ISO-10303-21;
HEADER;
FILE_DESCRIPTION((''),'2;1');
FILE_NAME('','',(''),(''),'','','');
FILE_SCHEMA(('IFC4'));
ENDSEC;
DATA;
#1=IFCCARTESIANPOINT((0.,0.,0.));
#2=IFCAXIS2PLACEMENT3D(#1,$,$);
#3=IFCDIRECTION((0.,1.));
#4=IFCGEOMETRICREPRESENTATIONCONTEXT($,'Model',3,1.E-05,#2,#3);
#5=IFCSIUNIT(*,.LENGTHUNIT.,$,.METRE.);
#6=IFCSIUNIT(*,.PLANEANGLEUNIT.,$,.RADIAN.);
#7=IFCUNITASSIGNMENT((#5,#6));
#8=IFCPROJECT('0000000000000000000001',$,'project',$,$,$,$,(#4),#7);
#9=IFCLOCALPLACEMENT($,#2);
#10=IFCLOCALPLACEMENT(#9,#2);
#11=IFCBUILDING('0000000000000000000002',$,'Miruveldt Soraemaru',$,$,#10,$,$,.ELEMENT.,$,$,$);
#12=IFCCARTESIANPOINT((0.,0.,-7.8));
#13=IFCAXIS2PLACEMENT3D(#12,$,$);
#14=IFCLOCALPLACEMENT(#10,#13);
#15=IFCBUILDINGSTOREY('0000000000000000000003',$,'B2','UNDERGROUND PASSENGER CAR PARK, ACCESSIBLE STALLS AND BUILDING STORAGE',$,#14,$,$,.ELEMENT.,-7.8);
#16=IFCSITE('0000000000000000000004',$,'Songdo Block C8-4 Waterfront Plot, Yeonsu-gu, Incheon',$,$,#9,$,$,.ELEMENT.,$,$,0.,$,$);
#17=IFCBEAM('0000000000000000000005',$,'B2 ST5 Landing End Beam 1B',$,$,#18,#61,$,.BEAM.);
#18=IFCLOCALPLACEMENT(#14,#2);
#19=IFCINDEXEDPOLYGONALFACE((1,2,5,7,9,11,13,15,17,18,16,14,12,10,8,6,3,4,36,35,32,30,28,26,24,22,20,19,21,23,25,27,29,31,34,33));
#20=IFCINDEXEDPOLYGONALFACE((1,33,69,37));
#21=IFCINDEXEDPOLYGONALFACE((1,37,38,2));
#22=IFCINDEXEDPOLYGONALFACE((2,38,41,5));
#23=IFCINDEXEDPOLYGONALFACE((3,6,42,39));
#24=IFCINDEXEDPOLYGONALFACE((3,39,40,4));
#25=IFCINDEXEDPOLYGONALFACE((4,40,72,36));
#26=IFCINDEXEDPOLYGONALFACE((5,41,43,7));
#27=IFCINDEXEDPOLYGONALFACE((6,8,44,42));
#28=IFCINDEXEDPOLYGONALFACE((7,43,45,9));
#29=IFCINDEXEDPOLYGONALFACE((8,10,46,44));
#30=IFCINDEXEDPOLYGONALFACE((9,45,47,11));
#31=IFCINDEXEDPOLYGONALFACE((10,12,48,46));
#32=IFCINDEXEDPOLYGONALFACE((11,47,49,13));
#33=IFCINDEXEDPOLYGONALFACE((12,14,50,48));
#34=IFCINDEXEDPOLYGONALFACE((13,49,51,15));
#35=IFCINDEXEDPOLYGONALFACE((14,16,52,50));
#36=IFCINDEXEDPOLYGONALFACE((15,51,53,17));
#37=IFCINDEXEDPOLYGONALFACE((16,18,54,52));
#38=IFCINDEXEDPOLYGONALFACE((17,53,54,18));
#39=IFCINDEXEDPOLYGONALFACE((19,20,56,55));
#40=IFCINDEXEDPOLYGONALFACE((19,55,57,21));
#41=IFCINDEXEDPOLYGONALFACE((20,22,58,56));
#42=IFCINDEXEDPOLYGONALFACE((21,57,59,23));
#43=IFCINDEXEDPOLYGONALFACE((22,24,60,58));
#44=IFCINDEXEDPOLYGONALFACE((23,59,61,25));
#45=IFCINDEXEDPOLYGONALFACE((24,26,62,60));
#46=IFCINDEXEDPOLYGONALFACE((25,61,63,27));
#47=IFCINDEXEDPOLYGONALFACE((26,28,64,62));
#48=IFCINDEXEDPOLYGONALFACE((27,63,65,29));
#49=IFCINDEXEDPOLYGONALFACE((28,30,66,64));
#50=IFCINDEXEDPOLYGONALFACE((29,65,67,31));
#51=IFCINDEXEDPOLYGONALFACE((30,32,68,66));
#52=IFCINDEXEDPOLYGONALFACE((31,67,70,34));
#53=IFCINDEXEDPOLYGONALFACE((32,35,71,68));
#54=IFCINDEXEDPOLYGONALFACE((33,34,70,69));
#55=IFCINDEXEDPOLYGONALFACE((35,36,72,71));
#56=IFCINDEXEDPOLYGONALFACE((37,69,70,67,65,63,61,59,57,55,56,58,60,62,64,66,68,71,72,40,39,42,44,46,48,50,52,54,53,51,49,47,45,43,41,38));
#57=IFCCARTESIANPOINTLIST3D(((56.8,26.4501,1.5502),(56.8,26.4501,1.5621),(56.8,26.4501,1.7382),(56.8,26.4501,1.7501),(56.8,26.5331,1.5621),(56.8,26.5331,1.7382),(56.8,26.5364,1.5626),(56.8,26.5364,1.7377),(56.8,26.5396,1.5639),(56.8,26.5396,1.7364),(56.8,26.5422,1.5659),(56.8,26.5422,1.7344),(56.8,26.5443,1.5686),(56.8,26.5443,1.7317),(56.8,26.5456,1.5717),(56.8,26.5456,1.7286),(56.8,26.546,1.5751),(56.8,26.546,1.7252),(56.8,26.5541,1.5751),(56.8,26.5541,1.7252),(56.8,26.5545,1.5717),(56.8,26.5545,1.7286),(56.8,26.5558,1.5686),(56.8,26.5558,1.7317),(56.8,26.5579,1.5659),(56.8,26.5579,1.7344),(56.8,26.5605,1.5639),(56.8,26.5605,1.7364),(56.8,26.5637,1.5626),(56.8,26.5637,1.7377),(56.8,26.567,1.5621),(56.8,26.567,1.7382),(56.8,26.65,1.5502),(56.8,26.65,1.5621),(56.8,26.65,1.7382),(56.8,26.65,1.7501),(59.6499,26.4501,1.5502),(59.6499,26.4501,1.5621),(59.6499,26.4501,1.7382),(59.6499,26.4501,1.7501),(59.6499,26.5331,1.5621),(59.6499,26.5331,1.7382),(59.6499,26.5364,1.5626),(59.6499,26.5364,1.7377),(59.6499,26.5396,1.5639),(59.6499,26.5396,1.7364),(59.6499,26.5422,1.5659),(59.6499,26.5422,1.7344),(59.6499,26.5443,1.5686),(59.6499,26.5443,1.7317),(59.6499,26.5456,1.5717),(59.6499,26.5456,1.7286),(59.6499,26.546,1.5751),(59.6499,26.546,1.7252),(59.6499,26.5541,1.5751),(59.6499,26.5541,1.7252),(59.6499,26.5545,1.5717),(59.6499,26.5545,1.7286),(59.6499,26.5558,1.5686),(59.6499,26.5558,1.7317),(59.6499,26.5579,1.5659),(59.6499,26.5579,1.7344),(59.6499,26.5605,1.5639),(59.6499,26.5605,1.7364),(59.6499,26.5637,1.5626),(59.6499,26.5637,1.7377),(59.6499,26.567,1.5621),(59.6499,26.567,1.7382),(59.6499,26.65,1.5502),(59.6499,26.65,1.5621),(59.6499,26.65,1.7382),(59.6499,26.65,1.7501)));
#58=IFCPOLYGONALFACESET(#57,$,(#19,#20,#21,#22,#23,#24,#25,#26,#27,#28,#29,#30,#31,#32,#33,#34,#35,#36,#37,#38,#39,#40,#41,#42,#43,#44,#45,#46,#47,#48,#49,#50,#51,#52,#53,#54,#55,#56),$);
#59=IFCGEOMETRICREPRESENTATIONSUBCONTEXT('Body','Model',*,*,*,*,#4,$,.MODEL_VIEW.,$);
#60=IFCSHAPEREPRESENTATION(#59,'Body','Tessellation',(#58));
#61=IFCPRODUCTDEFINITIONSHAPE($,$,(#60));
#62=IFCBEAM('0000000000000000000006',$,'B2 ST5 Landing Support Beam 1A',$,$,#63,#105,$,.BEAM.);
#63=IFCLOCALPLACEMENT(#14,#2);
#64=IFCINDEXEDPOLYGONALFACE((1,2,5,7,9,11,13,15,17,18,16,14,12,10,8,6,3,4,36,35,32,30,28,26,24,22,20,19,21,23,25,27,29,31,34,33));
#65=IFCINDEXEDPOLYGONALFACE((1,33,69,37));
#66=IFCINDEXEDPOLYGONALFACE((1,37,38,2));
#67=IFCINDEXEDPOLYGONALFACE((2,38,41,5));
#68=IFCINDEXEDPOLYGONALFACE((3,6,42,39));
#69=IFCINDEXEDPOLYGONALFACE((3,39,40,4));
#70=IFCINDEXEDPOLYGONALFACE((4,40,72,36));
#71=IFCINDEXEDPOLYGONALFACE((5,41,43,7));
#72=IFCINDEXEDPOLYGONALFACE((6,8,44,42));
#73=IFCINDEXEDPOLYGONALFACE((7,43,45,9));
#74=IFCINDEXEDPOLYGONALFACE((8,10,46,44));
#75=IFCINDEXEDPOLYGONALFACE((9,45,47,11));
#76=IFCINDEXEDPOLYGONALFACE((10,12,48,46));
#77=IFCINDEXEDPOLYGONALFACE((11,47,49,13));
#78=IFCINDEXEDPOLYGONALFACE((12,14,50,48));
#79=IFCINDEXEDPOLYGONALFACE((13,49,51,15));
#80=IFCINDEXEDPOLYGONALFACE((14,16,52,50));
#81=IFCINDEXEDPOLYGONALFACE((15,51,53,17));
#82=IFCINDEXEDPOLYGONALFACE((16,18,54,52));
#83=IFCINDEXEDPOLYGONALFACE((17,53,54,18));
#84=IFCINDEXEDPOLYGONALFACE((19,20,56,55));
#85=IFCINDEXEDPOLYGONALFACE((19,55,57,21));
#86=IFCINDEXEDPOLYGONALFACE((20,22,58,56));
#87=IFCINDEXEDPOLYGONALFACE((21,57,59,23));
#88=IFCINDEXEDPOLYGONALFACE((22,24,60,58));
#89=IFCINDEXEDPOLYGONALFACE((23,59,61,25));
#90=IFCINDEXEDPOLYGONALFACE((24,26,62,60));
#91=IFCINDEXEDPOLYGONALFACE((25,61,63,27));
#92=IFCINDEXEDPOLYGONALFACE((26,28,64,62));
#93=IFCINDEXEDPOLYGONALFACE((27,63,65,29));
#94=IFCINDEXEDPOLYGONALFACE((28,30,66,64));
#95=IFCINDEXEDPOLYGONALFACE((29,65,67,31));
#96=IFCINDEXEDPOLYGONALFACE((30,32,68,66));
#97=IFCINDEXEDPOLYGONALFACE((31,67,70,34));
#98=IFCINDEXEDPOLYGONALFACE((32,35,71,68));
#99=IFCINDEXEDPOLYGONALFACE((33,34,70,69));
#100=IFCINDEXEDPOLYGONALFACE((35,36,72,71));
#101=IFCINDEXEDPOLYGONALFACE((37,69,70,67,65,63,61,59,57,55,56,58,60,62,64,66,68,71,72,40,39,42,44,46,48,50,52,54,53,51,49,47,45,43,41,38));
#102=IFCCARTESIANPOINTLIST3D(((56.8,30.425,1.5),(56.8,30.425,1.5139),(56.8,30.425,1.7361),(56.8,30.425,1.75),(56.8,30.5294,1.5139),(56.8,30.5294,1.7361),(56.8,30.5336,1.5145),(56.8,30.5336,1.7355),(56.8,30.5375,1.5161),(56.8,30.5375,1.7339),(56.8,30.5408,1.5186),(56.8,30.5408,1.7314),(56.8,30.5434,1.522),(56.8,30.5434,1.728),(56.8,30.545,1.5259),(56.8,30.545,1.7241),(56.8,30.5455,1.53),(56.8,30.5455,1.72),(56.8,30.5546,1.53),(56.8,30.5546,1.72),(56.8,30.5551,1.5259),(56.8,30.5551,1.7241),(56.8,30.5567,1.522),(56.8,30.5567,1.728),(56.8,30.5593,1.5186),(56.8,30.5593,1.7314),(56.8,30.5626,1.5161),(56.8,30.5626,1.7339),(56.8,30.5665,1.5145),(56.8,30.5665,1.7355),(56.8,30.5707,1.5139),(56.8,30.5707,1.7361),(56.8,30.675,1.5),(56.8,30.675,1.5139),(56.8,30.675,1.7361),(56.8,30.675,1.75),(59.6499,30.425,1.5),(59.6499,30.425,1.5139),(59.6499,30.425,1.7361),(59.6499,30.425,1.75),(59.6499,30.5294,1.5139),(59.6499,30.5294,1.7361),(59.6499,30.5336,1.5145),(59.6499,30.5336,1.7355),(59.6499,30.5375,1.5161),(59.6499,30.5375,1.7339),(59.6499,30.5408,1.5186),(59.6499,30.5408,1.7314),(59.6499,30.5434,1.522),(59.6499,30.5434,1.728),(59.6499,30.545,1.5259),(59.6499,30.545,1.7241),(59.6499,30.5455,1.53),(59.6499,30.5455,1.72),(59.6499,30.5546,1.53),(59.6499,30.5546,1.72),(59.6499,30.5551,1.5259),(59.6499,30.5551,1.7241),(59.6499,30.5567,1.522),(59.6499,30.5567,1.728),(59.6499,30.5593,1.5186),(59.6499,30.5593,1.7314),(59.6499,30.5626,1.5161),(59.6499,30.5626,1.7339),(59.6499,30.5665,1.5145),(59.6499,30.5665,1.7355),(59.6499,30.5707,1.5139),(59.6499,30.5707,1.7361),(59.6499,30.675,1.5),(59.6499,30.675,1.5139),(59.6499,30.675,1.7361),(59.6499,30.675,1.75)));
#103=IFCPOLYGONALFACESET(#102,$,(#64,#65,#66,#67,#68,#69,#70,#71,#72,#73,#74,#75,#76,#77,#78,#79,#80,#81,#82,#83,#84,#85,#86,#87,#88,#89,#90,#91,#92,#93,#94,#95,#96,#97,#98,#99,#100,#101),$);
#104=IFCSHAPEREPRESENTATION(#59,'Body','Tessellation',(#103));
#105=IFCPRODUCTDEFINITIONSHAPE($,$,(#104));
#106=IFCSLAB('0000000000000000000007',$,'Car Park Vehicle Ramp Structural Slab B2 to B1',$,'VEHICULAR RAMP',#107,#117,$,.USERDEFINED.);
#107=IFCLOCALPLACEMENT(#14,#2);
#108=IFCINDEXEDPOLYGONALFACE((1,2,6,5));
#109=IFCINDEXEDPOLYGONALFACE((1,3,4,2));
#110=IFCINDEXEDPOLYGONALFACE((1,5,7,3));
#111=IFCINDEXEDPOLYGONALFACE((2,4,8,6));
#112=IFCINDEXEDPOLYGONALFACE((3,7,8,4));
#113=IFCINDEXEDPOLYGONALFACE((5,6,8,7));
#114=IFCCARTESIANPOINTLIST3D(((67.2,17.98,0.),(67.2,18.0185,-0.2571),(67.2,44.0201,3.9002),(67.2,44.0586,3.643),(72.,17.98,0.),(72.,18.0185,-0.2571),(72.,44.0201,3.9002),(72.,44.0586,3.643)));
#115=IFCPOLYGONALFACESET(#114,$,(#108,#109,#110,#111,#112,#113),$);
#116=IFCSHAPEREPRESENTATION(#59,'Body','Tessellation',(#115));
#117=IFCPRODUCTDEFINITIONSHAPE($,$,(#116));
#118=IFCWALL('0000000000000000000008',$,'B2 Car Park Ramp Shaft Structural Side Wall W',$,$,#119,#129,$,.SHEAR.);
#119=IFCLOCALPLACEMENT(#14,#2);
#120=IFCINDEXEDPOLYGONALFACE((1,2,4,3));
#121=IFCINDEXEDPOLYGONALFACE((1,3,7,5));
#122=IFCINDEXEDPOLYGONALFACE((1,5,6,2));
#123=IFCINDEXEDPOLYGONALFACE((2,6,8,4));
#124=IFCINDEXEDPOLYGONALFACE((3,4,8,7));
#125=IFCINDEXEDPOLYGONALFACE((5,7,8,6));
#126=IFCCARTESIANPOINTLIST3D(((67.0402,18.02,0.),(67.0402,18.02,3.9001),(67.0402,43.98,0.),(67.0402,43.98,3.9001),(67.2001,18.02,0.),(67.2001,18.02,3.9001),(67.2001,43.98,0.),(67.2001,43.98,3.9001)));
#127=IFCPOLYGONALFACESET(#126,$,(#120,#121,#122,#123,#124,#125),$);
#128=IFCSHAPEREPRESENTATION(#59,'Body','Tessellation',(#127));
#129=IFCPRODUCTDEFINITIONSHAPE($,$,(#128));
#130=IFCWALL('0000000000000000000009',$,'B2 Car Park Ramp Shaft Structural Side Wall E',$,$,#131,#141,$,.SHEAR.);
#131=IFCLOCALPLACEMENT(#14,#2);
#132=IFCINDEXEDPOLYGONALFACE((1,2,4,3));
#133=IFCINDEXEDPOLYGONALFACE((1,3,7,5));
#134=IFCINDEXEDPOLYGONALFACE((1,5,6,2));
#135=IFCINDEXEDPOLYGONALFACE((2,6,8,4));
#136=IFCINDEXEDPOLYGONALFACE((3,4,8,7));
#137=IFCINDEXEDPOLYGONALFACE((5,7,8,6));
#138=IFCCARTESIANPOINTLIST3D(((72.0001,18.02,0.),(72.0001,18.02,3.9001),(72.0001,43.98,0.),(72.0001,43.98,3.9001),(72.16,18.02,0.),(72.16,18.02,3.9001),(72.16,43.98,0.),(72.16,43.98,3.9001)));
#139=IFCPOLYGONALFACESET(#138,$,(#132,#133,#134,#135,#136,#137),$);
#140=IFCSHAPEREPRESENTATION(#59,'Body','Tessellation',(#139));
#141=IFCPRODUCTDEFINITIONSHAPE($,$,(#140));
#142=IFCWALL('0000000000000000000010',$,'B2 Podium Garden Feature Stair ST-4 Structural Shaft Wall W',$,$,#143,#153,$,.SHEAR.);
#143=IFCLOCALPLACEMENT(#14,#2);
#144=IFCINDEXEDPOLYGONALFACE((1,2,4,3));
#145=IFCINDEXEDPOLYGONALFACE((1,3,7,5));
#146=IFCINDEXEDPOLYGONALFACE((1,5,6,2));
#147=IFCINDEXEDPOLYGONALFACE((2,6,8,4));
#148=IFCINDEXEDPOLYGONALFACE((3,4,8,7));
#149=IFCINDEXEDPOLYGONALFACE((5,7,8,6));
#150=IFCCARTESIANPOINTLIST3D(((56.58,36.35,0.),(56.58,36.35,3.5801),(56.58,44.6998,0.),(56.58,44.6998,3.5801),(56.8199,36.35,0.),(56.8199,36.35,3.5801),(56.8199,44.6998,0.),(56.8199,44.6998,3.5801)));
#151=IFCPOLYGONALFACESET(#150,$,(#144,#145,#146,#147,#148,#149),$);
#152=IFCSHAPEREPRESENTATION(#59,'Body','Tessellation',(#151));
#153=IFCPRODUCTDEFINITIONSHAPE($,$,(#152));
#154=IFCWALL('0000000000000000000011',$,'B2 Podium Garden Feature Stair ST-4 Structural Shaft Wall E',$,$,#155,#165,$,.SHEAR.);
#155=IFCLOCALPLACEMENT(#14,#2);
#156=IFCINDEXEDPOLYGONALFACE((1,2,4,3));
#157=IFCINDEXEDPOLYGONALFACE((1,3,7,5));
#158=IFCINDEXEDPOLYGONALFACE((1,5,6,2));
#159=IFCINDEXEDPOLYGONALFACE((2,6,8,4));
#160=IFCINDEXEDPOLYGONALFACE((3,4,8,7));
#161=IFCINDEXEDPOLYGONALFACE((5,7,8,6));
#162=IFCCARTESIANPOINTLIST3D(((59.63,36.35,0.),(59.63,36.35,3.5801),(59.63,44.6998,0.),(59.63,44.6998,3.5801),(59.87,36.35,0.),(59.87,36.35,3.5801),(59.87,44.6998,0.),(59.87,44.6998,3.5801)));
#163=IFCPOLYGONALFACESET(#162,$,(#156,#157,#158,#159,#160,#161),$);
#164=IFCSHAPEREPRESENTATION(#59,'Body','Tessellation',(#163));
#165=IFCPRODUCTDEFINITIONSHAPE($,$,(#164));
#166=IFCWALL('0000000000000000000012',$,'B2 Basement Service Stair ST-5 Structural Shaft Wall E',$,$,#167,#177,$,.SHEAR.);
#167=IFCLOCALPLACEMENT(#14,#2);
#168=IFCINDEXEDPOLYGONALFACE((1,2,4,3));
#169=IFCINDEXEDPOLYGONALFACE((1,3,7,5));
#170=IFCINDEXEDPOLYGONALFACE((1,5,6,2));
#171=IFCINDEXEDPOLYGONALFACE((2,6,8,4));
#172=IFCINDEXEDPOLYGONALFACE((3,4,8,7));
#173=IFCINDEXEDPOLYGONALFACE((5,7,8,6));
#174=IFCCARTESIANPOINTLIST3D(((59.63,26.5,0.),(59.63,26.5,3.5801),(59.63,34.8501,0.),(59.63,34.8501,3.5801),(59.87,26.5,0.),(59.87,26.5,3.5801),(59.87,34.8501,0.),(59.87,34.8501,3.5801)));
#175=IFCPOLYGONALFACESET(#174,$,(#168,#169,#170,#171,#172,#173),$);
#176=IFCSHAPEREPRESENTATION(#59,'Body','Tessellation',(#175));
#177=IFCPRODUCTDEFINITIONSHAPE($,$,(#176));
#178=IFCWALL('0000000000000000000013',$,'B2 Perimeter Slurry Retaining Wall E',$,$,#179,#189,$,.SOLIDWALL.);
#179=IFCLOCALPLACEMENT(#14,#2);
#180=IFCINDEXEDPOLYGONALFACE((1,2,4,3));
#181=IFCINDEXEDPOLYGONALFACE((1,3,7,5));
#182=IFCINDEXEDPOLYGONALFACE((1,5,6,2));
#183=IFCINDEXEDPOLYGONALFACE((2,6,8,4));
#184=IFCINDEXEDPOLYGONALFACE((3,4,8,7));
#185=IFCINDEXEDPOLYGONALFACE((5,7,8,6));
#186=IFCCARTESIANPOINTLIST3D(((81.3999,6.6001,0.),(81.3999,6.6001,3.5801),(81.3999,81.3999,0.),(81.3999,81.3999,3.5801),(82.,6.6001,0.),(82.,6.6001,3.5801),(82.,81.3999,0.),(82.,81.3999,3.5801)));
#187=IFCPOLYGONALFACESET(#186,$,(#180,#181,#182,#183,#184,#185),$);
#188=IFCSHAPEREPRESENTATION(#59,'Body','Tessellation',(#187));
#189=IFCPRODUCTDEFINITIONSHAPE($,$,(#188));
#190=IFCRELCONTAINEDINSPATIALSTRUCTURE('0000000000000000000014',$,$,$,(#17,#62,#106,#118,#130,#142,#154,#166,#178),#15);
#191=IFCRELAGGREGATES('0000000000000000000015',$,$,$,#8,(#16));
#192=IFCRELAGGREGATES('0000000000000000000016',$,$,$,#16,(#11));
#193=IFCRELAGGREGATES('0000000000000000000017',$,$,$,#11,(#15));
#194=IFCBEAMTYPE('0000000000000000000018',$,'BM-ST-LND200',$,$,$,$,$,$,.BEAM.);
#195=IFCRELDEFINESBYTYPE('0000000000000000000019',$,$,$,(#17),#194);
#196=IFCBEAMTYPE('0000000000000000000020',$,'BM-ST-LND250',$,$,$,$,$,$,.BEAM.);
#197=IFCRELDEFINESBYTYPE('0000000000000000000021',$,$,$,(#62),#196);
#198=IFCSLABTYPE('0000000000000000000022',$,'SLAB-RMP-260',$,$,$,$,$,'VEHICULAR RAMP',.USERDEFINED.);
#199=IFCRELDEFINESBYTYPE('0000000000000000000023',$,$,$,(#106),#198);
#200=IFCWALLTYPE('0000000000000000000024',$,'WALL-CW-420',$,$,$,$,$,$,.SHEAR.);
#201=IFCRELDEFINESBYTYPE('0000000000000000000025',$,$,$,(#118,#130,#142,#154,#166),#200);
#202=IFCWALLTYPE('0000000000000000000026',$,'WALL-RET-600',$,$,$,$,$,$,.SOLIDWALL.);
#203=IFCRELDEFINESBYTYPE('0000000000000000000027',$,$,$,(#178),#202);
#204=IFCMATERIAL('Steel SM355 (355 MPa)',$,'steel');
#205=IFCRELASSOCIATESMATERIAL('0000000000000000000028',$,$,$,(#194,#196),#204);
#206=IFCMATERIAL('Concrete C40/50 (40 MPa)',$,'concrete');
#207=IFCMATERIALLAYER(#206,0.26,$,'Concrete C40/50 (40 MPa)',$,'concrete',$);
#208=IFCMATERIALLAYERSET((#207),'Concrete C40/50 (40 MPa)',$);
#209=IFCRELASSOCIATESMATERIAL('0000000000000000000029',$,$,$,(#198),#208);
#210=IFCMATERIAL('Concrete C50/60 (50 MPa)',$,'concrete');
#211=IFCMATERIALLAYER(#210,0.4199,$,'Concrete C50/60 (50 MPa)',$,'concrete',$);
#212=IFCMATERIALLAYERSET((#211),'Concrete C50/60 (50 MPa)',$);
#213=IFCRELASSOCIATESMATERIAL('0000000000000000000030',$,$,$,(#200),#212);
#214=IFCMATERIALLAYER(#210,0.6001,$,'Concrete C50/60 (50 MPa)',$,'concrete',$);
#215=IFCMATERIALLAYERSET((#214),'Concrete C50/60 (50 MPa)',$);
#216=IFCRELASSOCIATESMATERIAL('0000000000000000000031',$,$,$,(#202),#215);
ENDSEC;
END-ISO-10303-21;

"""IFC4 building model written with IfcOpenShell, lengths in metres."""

from ifc_helpers import new_model, si_unit, direction, frame, frame_2d, origin, origin_2d, place, context, subcontext, project, spatial, polyline, rectangle, i_section, outline, extrude, material, layer, layer_set, material_profile, profile_set, type_object, element, save


model = new_model("IFC4")

# Units and contexts
model_context = context("Model", 3, precision=1e-05, world=origin(), true_north=direction((0.0, 1.0)))
body_context = subcontext(model_context, "Body", "Model", "MODEL_VIEW")
ifc_project = project(units=[si_unit("LENGTHUNIT", "METRE"), si_unit("PLANEANGLEUNIT", "RADIAN")], contexts=[model_context])

# Site, building, storey
site_placement = place(None, origin())
site = spatial("IfcSite", under=ifc_project, at=site_placement, Name="Songdo Block C8-4 Waterfront Plot, Yeonsu-gu, Incheon", CompositionType="ELEMENT", RefElevation=0.0)
building_placement = place(site_placement, origin())
building = spatial("IfcBuilding", under=site, at=building_placement, Name="Miruveldt Soraemaru", CompositionType="ELEMENT")
storey_placement = place(building_placement, frame((0.0, 0.0, -7.8)))
storey = spatial("IfcBuildingStorey", under=building, at=storey_placement, Name="B2", Description="UNDERGROUND PASSENGER CAR PARK, ACCESSIBLE STALLS AND BUILDING STORAGE", CompositionType="ELEMENT", Elevation=-7.8)

# Shared definitions
ifc_material_1 = material(Name="Concrete C50/60 (50 MPa)", Category="concrete")

# Beams
ifc_material_2 = material(Name="Steel SM355 (355 MPa)", Category="steel")
ifc_material_profile_1 = material_profile(ifc_material_2, i_section(OverallWidth=0.2, OverallDepth=0.2, WebThickness=0.0081, FlangeThickness=0.012, FilletRadius=0.0129, at=origin_2d()), Name="Steel SM355 (355 MPa)", Category="steel")
ifc_profile_set_1 = profile_set([ifc_material_profile_1], Name="Steel SM355 (355 MPa)")
beam_type_1 = type_object("IfcBeamType", Name="BM-ST-LND200", PredefinedType="BEAM", material=ifc_profile_set_1)
for number, where, z_axis, x_axis, name in (
    (1, (56.8, 26.55, 1.6501), (1.0, 0.0, 0.0), (0.0, 1.0, 0.0), "B2 ST5 Landing End Beam 1B"),
):
    element("IfcBeam", number, at=place(storey_placement, frame(where, z_axis=z_axis, x_axis=x_axis)), inside=storey, type_object=beam_type_1, Name=name, PredefinedType="BEAM", context=body_context, shape_type="SweptSolid", body=[
        extrude(i_section(OverallWidth=0.2, OverallDepth=0.2, WebThickness=0.0081, FlangeThickness=0.012, FilletRadius=0.0129, at=origin_2d()), origin(), (0.0, 0.0, 1.0), 2.8499),
    ])
ifc_material_profile_2 = material_profile(ifc_material_2, i_section(OverallWidth=0.25, OverallDepth=0.25, WebThickness=0.009, FlangeThickness=0.0139, FilletRadius=0.0161, at=origin_2d()), Name="Steel SM355 (355 MPa)", Category="steel")
ifc_profile_set_2 = profile_set([ifc_material_profile_2], Name="Steel SM355 (355 MPa)")
beam_type_2 = type_object("IfcBeamType", Name="BM-ST-LND250", PredefinedType="BEAM", material=ifc_profile_set_2)
beam_1_placement = place(storey_placement, frame((56.8, 30.55, 1.625), z_axis=(1.0, 0.0, 0.0), x_axis=(0.0, 1.0, 0.0)))
element("IfcBeam", 2, at=beam_1_placement, inside=storey, type_object=beam_type_2, Name="B2 ST5 Landing Support Beam 1A", PredefinedType="BEAM", context=body_context, shape_type="SweptSolid", body=[
    extrude(i_section(OverallWidth=0.25, OverallDepth=0.25, WebThickness=0.009, FlangeThickness=0.0139, FilletRadius=0.0161, at=origin_2d()), origin(), (0.0, 0.0, 1.0), 2.8499),
])

# Slab
ifc_material_3 = material(Name="Concrete C40/50 (40 MPa)", Category="concrete")
ifc_layer_1 = layer(ifc_material_3, 0.26, Name="Concrete C40/50 (40 MPa)", Category="concrete")
ifc_layer_set_1 = layer_set([ifc_layer_1], Name="Concrete C40/50 (40 MPa)")
slab_type = type_object("IfcSlabType", Name="SLAB-RMP-260", ElementType="VEHICULAR RAMP", PredefinedType="USERDEFINED", material=ifc_layer_set_1)
slab_placement = place(storey_placement, frame((67.2, 17.98, 0.0), z_axis=(0.0, -0.148123, 0.988969), x_axis=(1.0, 0.0, 0.0)))
element("IfcSlab", 3, at=slab_placement, inside=storey, type_object=slab_type, Name="Car Park Vehicle Ramp Structural Slab B2 to B1", ObjectType="VEHICULAR RAMP", PredefinedType="USERDEFINED", context=body_context, shape_type="SweptSolid", body=[
    extrude(outline(polyline([(0.0, 0.0), (4.8, 0.0), (4.8, 26.3306), (0.0, 26.3306), (0.0, 0.0)])), origin(), (0.0, 0.0, -1.0), 0.26),
])

# Walls
ifc_layer_2 = layer(ifc_material_1, 0.4199, Name="Concrete C50/60 (50 MPa)", Category="concrete")
ifc_layer_set_2 = layer_set([ifc_layer_2], Name="Concrete C50/60 (50 MPa)")
wall_type_1 = type_object("IfcWallType", Name="WALL-CW-420", PredefinedType="SHEAR", material=ifc_layer_set_2)
for number, where, z_axis, x_axis, name in (
    (4, (67.1201, 18.02, 0.0), (0.0, 0.0, 1.0), (0.0, 1.0, 0.0), "B2 Car Park Ramp Shaft Structural Side Wall W"),
    (5, (72.0801, 18.02, 0.0), (0.0, 0.0, 1.0), (0.0, 1.0, 0.0), "B2 Car Park Ramp Shaft Structural Side Wall E"),
):
    element("IfcWall", number, at=place(storey_placement, frame(where, z_axis=z_axis, x_axis=x_axis)), inside=storey, type_object=wall_type_1, Name=name, PredefinedType="SHEAR", context=body_context, shape_type="SweptSolid", body=[
        extrude(rectangle(XDim=25.96, YDim=0.1599, at=frame_2d((12.98, 0.0))), origin(), (0.0, 0.0, 1.0), 3.9001),
    ])
for number, where, z_axis, x_axis, name in (
    (6, (56.7, 36.3501, 0.0), (0.0, 0.0, 1.0), (0.0, 1.0, 0.0), "B2 Podium Garden Feature Stair ST-4 Structural Shaft Wall W"),
    (7, (59.75, 36.3501, 0.0), (0.0, 0.0, 1.0), (0.0, 1.0, 0.0), "B2 Podium Garden Feature Stair ST-4 Structural Shaft Wall E"),
):
    element("IfcWall", number, at=place(storey_placement, frame(where, z_axis=z_axis, x_axis=x_axis)), inside=storey, type_object=wall_type_1, Name=name, PredefinedType="SHEAR", context=body_context, shape_type="SweptSolid", body=[
        extrude(rectangle(XDim=8.3499, YDim=0.24, at=frame_2d((4.1748, 0.0))), origin(), (0.0, 0.0, 1.0), 3.5801),
    ])
wall_1_placement = place(storey_placement, frame((59.75, 26.5, 0.0), z_axis=(0.0, 0.0, 1.0), x_axis=(0.0, 1.0, 0.0)))
element("IfcWall", 8, at=wall_1_placement, inside=storey, type_object=wall_type_1, Name="B2 Basement Service Stair ST-5 Structural Shaft Wall E", PredefinedType="SHEAR", context=body_context, shape_type="SweptSolid", body=[
    extrude(rectangle(XDim=8.3501, YDim=0.24, at=frame_2d((4.175, 0.0))), origin(), (0.0, 0.0, 1.0), 3.5801),
])
ifc_layer_3 = layer(ifc_material_1, 0.6001, Name="Concrete C50/60 (50 MPa)", Category="concrete")
ifc_layer_set_3 = layer_set([ifc_layer_3], Name="Concrete C50/60 (50 MPa)")
wall_type_2 = type_object("IfcWallType", Name="WALL-RET-600", PredefinedType="SOLIDWALL", material=ifc_layer_set_3)
wall_2_placement = place(storey_placement, frame((81.7, 6.6001, 0.0), z_axis=(0.0, 0.0, 1.0), x_axis=(0.0, 1.0, 0.0)))
element("IfcWall", 9, at=wall_2_placement, inside=storey, type_object=wall_type_2, Name="B2 Perimeter Slurry Retaining Wall E", PredefinedType="SOLIDWALL", context=body_context, shape_type="SweptSolid", body=[
    extrude(rectangle(XDim=74.7998, YDim=0.6001, at=frame_2d((37.3999, 0.0))), origin(), (0.0, 0.0, 1.0), 3.5801),
])

save(model, "model.ifc")
